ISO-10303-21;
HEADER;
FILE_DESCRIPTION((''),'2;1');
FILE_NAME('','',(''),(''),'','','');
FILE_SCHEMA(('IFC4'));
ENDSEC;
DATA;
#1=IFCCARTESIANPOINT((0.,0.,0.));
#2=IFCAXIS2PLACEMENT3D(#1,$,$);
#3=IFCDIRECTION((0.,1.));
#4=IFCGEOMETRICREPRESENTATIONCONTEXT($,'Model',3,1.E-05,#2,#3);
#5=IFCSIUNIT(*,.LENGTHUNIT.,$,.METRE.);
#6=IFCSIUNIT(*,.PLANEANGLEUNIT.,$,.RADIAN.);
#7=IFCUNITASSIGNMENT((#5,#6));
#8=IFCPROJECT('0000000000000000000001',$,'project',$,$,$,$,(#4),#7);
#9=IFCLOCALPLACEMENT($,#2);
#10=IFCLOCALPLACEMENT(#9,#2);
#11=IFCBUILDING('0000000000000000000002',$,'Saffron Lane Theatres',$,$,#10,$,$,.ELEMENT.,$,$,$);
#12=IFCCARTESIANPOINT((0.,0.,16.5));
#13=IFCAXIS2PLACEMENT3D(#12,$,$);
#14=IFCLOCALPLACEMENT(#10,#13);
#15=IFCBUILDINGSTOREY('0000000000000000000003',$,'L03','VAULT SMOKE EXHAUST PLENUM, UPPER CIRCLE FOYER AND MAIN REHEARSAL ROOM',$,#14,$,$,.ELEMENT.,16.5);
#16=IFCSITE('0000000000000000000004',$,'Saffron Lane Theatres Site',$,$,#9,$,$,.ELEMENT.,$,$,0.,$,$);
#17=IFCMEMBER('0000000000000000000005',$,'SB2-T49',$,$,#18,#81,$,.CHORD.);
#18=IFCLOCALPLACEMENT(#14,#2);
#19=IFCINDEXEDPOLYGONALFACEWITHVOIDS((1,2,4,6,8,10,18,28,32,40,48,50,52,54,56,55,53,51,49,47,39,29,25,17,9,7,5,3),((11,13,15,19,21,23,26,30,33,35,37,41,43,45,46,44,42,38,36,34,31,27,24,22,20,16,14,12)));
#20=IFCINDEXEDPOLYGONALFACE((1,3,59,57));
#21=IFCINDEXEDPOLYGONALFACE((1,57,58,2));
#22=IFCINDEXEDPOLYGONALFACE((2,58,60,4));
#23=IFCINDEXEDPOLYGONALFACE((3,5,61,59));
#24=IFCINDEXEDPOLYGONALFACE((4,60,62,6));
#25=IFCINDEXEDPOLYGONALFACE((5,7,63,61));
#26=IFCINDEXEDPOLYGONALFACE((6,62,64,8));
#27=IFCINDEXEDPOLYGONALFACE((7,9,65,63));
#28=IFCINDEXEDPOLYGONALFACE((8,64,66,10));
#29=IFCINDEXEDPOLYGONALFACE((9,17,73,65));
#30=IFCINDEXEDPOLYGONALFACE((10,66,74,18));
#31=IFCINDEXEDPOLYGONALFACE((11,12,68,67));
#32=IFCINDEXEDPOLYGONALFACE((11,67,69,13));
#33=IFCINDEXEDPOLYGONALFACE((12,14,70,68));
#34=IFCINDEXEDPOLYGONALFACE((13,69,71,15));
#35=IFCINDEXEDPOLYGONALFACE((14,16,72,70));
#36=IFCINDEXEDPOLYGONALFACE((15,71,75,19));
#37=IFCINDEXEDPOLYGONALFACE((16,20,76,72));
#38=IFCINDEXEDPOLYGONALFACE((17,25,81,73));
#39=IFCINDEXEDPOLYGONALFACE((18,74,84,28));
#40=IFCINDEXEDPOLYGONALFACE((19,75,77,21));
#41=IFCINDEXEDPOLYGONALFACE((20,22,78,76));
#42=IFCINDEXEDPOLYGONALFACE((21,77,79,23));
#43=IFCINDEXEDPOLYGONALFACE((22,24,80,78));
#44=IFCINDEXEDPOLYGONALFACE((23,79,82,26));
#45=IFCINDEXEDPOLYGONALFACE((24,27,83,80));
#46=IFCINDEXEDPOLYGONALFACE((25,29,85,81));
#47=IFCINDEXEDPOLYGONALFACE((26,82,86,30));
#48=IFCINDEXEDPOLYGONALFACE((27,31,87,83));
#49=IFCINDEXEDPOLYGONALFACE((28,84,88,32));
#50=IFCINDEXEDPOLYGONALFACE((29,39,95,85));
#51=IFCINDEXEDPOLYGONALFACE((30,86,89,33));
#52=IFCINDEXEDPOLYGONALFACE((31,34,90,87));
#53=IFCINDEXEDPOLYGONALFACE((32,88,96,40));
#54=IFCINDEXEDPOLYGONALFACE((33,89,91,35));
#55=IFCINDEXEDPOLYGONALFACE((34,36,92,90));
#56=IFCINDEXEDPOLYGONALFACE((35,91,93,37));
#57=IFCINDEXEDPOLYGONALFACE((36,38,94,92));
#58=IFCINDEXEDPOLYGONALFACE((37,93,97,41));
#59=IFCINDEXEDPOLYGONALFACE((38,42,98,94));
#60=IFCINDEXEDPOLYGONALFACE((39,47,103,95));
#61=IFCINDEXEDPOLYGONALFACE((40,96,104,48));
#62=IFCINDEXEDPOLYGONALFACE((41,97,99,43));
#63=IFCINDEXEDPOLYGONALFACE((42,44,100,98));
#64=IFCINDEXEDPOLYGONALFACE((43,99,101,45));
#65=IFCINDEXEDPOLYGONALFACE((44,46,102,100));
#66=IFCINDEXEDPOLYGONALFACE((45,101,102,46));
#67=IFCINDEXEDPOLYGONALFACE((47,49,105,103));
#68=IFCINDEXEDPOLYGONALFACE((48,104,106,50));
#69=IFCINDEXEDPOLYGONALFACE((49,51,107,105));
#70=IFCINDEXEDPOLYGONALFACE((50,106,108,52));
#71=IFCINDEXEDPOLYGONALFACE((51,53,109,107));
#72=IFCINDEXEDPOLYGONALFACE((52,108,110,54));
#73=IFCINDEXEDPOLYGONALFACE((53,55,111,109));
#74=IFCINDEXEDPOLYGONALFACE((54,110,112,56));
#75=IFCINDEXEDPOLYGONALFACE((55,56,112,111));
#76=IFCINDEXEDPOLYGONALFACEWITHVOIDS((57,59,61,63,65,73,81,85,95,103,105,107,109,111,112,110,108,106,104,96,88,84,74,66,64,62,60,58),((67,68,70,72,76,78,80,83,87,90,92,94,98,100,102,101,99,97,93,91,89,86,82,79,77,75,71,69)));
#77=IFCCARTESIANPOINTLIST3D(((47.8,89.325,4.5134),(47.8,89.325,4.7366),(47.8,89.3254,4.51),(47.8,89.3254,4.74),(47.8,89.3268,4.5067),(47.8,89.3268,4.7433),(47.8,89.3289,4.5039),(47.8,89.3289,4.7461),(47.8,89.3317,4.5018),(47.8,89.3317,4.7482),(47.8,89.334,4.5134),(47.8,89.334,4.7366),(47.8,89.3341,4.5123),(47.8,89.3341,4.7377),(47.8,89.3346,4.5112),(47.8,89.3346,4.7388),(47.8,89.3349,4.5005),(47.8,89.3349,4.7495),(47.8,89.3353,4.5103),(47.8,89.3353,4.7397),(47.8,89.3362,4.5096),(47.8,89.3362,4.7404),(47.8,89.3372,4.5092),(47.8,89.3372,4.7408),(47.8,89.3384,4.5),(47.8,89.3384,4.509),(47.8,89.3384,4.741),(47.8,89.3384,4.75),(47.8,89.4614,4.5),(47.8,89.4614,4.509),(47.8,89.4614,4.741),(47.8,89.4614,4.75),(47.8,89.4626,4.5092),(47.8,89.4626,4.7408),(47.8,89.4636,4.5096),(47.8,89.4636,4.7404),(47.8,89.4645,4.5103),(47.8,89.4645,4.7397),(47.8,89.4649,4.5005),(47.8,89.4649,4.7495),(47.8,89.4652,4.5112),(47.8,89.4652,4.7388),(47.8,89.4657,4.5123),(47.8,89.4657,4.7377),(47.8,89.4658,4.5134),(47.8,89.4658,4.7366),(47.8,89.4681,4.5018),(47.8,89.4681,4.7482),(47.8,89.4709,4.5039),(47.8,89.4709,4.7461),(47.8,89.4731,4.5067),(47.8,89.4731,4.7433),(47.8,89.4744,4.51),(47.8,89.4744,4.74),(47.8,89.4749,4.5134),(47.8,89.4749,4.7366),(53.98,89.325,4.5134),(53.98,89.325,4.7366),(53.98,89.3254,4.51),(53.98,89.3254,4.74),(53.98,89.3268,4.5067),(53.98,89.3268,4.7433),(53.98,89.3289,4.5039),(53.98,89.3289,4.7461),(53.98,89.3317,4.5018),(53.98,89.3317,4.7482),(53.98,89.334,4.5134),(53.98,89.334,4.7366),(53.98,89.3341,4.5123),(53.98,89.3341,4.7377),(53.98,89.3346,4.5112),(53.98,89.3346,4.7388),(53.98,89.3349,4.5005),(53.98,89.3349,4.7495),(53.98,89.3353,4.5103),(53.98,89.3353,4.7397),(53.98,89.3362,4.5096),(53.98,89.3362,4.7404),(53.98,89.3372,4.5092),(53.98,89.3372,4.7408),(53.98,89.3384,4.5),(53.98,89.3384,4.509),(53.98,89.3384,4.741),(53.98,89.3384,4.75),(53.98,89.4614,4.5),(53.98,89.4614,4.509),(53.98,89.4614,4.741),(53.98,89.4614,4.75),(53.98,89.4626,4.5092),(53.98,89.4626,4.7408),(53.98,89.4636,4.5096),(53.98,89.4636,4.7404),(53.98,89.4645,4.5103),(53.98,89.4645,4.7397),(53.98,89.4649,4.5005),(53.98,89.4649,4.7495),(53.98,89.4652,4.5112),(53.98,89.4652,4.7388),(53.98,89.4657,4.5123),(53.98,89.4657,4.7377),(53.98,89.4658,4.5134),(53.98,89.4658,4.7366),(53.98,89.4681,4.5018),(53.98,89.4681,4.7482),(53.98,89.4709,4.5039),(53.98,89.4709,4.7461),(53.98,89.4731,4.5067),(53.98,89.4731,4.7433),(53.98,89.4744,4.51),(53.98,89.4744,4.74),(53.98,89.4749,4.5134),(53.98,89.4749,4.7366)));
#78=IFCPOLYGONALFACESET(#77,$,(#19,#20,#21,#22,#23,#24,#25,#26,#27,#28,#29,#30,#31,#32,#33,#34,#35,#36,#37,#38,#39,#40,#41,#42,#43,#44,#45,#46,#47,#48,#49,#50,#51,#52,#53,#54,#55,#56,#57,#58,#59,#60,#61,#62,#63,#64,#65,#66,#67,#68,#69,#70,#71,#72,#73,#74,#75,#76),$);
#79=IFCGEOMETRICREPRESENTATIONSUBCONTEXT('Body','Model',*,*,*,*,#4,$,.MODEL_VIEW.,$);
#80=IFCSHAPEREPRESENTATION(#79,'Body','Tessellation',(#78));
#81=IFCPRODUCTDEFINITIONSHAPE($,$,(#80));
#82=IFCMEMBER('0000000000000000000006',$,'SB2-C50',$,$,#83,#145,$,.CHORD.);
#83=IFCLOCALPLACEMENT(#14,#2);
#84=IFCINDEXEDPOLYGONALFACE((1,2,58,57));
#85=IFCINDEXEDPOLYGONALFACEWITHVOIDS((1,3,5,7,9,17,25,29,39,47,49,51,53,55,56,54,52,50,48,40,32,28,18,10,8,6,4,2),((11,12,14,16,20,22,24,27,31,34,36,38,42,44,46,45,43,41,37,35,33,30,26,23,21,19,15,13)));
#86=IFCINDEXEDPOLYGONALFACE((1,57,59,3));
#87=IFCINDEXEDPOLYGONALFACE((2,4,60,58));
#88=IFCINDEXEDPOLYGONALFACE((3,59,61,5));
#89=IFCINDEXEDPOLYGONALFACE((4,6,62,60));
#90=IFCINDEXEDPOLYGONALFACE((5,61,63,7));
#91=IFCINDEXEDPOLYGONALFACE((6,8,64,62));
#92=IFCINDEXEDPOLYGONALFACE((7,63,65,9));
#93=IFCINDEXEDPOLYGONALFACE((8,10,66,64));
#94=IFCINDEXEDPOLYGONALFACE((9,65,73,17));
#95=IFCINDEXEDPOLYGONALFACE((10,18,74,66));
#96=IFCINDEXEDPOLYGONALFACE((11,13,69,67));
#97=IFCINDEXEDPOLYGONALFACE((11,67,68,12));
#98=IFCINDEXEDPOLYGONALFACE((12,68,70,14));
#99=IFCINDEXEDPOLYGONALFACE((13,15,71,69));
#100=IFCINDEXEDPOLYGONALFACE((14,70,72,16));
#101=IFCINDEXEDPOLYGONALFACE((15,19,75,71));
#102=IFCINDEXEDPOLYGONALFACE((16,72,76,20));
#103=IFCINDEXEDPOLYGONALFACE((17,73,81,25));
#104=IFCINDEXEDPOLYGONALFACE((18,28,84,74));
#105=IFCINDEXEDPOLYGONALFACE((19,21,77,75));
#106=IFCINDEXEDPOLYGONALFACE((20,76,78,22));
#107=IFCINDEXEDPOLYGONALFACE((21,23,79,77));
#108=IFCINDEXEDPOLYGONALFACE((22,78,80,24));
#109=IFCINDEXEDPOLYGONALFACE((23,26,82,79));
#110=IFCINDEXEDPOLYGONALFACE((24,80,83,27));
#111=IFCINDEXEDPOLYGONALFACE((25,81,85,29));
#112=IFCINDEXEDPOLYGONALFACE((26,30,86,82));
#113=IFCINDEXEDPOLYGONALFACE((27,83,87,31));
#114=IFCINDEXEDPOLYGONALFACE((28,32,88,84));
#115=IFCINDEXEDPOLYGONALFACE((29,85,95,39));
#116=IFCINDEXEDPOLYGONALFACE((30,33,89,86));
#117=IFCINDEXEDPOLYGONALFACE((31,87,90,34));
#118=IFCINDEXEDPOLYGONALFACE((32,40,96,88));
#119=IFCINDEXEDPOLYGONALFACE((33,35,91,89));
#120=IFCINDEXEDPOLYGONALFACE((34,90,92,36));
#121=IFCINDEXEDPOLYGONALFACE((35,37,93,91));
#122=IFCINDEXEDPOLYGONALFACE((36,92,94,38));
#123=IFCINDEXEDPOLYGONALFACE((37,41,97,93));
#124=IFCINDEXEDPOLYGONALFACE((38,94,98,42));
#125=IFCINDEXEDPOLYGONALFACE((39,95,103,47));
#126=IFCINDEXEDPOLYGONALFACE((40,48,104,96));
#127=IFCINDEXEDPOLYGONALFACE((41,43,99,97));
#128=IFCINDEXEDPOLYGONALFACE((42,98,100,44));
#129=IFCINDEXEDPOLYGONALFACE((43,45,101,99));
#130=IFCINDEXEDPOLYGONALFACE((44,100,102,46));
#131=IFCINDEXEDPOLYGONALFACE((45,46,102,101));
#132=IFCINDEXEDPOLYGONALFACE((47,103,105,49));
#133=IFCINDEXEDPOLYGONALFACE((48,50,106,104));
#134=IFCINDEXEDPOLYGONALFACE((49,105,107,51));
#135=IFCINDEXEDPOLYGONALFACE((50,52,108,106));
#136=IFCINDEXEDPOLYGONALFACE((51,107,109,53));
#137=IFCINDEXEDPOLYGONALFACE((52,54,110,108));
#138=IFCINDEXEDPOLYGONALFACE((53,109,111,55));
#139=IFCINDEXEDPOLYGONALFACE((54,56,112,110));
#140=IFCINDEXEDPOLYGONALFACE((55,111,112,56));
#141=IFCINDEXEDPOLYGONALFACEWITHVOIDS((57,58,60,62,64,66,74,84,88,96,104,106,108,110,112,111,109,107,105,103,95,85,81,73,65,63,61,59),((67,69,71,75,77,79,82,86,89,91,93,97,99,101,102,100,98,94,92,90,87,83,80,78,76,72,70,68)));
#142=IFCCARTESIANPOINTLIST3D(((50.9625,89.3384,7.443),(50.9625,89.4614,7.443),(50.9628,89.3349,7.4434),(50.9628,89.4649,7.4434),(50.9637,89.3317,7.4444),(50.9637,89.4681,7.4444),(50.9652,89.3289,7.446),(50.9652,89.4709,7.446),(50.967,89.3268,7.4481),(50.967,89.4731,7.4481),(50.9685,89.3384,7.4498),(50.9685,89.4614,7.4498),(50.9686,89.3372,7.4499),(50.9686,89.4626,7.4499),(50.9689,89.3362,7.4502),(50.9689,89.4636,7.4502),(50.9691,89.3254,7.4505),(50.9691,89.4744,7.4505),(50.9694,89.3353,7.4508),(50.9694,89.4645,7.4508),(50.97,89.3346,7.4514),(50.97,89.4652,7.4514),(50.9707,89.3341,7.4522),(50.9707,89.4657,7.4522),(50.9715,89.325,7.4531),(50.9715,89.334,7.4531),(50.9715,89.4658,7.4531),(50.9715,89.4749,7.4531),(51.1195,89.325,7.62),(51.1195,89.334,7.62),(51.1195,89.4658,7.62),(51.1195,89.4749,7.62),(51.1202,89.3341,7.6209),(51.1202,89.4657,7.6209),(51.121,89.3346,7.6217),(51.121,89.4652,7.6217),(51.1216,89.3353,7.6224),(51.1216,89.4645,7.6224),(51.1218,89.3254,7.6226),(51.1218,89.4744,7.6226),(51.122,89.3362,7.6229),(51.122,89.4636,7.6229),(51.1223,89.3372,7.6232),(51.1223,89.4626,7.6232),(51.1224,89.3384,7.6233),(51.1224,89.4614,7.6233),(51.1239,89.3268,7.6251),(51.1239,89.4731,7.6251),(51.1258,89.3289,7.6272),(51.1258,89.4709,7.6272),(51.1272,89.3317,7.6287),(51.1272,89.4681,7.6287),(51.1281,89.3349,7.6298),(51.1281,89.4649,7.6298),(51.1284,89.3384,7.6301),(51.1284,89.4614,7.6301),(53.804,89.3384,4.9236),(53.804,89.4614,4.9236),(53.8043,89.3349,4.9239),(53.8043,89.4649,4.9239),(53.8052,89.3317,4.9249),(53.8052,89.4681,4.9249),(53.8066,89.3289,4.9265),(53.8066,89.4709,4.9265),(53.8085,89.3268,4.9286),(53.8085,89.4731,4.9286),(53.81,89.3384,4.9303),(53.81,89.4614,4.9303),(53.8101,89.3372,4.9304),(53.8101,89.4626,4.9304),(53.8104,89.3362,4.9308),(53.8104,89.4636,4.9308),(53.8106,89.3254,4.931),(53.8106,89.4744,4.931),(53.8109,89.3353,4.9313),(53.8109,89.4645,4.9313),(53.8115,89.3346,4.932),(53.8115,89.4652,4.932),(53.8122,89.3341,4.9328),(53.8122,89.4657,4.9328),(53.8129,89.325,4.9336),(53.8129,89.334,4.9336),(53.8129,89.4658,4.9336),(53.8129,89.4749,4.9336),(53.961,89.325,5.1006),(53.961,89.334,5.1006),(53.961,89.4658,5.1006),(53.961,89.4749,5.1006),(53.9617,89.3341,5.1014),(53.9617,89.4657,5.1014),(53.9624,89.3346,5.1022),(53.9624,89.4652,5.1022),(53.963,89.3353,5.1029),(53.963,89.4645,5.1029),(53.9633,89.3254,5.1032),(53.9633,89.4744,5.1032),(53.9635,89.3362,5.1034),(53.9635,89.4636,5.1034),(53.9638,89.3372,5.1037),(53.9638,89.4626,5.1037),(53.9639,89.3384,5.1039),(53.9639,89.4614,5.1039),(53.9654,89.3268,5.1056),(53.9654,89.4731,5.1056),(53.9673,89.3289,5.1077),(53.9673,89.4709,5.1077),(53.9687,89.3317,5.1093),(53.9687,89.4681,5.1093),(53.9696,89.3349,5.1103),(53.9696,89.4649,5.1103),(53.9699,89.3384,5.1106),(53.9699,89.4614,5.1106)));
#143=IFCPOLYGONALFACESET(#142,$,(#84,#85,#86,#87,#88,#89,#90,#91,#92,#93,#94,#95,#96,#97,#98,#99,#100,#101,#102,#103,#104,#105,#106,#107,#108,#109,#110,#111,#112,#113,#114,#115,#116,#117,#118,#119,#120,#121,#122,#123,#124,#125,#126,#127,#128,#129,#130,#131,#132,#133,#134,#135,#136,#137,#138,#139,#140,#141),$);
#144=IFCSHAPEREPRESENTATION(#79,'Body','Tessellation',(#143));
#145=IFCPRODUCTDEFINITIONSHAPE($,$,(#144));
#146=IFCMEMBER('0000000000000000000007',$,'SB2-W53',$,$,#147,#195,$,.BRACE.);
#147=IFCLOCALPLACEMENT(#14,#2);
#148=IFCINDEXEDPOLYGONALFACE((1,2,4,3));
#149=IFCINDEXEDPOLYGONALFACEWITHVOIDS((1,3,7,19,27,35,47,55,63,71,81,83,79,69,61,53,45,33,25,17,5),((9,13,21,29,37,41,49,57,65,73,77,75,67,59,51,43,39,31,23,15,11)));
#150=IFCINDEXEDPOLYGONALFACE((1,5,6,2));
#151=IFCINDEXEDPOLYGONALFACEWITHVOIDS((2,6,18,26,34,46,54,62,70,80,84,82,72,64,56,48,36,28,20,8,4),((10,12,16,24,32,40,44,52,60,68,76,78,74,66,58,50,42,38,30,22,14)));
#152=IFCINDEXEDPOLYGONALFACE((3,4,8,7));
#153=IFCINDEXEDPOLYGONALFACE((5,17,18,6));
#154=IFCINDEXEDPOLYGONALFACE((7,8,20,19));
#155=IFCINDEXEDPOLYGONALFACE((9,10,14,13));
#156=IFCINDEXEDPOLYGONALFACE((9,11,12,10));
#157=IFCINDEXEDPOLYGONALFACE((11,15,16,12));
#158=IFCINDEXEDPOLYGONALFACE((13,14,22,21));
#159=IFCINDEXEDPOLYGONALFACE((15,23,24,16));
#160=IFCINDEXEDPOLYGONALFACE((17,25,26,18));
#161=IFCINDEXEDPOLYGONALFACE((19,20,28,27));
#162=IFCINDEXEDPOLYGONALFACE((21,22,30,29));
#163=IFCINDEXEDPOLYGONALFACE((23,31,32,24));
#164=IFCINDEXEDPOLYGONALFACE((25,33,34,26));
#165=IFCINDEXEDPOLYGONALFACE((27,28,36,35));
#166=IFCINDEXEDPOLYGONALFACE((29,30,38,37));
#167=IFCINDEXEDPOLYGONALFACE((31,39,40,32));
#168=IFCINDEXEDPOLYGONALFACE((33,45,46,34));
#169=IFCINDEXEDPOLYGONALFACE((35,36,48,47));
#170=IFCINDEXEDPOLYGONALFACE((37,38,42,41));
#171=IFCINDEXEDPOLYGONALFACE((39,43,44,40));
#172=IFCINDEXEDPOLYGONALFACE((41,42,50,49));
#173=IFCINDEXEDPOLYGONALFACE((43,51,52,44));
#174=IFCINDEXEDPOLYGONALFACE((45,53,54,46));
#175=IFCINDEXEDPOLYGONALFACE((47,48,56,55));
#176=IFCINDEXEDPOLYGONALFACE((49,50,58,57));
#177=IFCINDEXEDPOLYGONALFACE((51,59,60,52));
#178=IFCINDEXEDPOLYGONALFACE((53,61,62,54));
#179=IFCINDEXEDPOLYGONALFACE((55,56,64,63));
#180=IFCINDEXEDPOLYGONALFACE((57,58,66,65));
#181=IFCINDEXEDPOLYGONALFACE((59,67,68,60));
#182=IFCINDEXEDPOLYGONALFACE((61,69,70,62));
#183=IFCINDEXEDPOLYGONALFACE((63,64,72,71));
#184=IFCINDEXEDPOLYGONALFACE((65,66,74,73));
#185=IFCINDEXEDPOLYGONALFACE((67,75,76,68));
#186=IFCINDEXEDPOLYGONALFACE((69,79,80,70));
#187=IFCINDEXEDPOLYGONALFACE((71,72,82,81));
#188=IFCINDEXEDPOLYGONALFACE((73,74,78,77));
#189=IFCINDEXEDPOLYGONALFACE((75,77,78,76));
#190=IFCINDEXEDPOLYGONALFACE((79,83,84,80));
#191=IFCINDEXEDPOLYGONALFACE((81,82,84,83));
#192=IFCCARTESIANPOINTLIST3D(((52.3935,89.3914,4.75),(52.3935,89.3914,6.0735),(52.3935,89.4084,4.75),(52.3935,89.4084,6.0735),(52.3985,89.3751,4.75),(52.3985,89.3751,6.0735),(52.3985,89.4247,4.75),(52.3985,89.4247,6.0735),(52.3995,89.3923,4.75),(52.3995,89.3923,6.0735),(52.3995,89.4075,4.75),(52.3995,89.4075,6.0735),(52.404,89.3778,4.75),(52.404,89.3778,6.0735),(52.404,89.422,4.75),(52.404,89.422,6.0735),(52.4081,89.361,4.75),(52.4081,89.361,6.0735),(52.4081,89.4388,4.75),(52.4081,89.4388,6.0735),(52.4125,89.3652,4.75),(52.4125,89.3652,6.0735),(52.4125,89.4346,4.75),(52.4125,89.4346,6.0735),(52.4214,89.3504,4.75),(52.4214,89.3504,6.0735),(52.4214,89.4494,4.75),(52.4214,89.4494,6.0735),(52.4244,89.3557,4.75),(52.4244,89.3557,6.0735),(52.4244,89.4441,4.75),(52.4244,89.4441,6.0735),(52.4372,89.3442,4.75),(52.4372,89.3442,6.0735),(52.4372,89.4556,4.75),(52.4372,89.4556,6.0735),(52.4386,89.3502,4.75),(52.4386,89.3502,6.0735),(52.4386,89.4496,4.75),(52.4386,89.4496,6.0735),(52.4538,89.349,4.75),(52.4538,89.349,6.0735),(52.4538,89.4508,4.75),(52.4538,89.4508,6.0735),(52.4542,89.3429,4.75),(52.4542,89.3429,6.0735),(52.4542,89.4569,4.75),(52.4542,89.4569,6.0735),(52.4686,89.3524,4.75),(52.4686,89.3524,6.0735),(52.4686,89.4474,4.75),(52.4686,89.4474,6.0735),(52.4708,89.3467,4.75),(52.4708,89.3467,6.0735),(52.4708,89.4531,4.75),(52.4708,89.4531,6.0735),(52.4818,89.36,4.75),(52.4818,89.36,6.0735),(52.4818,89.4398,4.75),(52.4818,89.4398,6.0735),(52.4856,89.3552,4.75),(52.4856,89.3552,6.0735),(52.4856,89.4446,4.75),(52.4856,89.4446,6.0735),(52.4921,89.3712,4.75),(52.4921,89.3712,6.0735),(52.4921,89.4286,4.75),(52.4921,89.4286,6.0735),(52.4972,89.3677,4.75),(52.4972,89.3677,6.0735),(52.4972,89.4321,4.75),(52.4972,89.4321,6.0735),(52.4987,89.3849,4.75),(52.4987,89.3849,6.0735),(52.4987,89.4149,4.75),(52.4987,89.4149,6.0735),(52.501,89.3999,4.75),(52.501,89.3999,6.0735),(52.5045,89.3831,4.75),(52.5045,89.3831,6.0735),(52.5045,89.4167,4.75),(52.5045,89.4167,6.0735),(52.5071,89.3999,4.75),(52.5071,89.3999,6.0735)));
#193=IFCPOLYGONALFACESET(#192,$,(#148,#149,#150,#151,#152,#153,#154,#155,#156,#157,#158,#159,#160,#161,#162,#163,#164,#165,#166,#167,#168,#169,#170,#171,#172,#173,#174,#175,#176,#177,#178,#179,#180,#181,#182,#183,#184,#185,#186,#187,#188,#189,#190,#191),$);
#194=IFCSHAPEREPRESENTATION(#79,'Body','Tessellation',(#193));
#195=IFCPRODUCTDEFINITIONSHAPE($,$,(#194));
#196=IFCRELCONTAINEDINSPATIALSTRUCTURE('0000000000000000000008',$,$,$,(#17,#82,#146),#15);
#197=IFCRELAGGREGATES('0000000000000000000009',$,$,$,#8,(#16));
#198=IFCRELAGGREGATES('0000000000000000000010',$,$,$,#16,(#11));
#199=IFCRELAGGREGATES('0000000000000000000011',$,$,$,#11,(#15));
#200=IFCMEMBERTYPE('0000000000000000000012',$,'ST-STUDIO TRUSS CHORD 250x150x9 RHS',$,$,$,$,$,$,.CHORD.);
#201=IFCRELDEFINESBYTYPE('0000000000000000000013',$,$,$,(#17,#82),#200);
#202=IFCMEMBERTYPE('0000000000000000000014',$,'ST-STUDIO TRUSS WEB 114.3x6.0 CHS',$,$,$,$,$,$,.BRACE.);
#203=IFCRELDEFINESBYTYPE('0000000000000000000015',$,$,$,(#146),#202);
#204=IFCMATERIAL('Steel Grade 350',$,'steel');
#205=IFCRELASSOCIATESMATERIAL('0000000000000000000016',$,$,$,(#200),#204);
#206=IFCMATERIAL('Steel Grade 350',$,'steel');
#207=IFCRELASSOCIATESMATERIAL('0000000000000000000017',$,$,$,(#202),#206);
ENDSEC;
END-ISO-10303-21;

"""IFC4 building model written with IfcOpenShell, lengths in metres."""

from ifc_helpers import new_model, si_unit, direction, frame, origin, origin_2d, place, context, subcontext, project, spatial, hollow_rectangle, hollow_circle, extrude, material, material_profile, profile_set, type_object, element, save


model = new_model("IFC4")

# Units and contexts
model_context = context("Model", 3, precision=1e-05, world=origin(), true_north=direction((0.0, 1.0)))
body_context = subcontext(model_context, "Body", "Model", "MODEL_VIEW")
ifc_project = project(units=[si_unit("LENGTHUNIT", "METRE"), si_unit("PLANEANGLEUNIT", "RADIAN")], contexts=[model_context])

# Site, building, storey
site_placement = place(None, origin())
site = spatial("IfcSite", under=ifc_project, at=site_placement, Name="Saffron Lane Theatres Site", CompositionType="ELEMENT", RefElevation=0.0)
building_placement = place(site_placement, origin())
building = spatial("IfcBuilding", under=site, at=building_placement, Name="Saffron Lane Theatres", CompositionType="ELEMENT")
storey_placement = place(building_placement, frame((0.0, 0.0, 16.5)))
storey = spatial("IfcBuildingStorey", under=building, at=storey_placement, Name="L03", Description="VAULT SMOKE EXHAUST PLENUM, UPPER CIRCLE FOYER AND MAIN REHEARSAL ROOM", CompositionType="ELEMENT", Elevation=16.5)

# Members
ifc_material_1 = material(Name="Steel Grade 350", Category="steel")
ifc_material_profile_1 = material_profile(ifc_material_1, hollow_rectangle(XDim=0.1499, YDim=0.25, WallThickness=0.009, InnerFilletRadius=0.0044, OuterFilletRadius=0.0134, at=origin_2d()))
ifc_profile_set_1 = profile_set([ifc_material_profile_1], Name="Steel Grade 350")
member_type_1 = type_object("IfcMemberType", Name="ST-STUDIO TRUSS CHORD 250x150x9 RHS", PredefinedType="CHORD", material=ifc_profile_set_1)
member_1_placement = place(storey_placement, frame((53.98, 89.3999, 4.625), z_axis=(-1.0, 0.0, 0.0), x_axis=(0.0, -1.0, 0.0)))
element("IfcMember", 1, at=member_1_placement, inside=storey, type_object=member_type_1, Name="SB2-T49", PredefinedType="CHORD", context=body_context, shape_type="SweptSolid", body=[
    extrude(hollow_rectangle(XDim=0.1499, YDim=0.25, WallThickness=0.009, InnerFilletRadius=0.0044, OuterFilletRadius=0.0134, at=origin_2d()), origin(), (0.0, 0.0, 1.0), 6.1799),
])
member_2_placement = place(storey_placement, frame((53.887, 89.3999, 5.0171), z_axis=(-0.748232, 0.0, 0.663438), x_axis=(0.0, -1.0, 0.0)))
element("IfcMember", 2, at=member_2_placement, inside=storey, type_object=member_type_1, Name="SB2-C50", PredefinedType="CHORD", context=body_context, shape_type="SweptSolid", body=[
    extrude(hollow_rectangle(XDim=0.1499, YDim=0.25, WallThickness=0.009, InnerFilletRadius=0.0044, OuterFilletRadius=0.0134, at=origin_2d()), origin(), (0.0, 0.0, 1.0), 3.7976),
])
ifc_material_2 = material(Name="Steel Grade 350", Category="steel")
ifc_material_profile_2 = material_profile(ifc_material_2, hollow_circle(Radius=0.0571, WallThickness=0.0061, at=origin_2d()))
ifc_profile_set_2 = profile_set([ifc_material_profile_2], Name="Steel Grade 350")
member_type_2 = type_object("IfcMemberType", Name="ST-STUDIO TRUSS WEB 114.3x6.0 CHS", PredefinedType="BRACE", material=ifc_profile_set_2)
member_3_placement = place(storey_placement, frame((52.45, 89.3999, 4.75), z_axis=(0.0, 0.0, 1.0), x_axis=(1.0, 0.0, 0.0)))
element("IfcMember", 3, at=member_3_placement, inside=storey, type_object=member_type_2, Name="SB2-W53", PredefinedType="BRACE", context=body_context, shape_type="SweptSolid", body=[
    extrude(hollow_circle(Radius=0.0571, WallThickness=0.0061, at=origin_2d()), origin(), (0.0, 0.0, 1.0), 1.3235),
])

save(model, "model.ifc")
